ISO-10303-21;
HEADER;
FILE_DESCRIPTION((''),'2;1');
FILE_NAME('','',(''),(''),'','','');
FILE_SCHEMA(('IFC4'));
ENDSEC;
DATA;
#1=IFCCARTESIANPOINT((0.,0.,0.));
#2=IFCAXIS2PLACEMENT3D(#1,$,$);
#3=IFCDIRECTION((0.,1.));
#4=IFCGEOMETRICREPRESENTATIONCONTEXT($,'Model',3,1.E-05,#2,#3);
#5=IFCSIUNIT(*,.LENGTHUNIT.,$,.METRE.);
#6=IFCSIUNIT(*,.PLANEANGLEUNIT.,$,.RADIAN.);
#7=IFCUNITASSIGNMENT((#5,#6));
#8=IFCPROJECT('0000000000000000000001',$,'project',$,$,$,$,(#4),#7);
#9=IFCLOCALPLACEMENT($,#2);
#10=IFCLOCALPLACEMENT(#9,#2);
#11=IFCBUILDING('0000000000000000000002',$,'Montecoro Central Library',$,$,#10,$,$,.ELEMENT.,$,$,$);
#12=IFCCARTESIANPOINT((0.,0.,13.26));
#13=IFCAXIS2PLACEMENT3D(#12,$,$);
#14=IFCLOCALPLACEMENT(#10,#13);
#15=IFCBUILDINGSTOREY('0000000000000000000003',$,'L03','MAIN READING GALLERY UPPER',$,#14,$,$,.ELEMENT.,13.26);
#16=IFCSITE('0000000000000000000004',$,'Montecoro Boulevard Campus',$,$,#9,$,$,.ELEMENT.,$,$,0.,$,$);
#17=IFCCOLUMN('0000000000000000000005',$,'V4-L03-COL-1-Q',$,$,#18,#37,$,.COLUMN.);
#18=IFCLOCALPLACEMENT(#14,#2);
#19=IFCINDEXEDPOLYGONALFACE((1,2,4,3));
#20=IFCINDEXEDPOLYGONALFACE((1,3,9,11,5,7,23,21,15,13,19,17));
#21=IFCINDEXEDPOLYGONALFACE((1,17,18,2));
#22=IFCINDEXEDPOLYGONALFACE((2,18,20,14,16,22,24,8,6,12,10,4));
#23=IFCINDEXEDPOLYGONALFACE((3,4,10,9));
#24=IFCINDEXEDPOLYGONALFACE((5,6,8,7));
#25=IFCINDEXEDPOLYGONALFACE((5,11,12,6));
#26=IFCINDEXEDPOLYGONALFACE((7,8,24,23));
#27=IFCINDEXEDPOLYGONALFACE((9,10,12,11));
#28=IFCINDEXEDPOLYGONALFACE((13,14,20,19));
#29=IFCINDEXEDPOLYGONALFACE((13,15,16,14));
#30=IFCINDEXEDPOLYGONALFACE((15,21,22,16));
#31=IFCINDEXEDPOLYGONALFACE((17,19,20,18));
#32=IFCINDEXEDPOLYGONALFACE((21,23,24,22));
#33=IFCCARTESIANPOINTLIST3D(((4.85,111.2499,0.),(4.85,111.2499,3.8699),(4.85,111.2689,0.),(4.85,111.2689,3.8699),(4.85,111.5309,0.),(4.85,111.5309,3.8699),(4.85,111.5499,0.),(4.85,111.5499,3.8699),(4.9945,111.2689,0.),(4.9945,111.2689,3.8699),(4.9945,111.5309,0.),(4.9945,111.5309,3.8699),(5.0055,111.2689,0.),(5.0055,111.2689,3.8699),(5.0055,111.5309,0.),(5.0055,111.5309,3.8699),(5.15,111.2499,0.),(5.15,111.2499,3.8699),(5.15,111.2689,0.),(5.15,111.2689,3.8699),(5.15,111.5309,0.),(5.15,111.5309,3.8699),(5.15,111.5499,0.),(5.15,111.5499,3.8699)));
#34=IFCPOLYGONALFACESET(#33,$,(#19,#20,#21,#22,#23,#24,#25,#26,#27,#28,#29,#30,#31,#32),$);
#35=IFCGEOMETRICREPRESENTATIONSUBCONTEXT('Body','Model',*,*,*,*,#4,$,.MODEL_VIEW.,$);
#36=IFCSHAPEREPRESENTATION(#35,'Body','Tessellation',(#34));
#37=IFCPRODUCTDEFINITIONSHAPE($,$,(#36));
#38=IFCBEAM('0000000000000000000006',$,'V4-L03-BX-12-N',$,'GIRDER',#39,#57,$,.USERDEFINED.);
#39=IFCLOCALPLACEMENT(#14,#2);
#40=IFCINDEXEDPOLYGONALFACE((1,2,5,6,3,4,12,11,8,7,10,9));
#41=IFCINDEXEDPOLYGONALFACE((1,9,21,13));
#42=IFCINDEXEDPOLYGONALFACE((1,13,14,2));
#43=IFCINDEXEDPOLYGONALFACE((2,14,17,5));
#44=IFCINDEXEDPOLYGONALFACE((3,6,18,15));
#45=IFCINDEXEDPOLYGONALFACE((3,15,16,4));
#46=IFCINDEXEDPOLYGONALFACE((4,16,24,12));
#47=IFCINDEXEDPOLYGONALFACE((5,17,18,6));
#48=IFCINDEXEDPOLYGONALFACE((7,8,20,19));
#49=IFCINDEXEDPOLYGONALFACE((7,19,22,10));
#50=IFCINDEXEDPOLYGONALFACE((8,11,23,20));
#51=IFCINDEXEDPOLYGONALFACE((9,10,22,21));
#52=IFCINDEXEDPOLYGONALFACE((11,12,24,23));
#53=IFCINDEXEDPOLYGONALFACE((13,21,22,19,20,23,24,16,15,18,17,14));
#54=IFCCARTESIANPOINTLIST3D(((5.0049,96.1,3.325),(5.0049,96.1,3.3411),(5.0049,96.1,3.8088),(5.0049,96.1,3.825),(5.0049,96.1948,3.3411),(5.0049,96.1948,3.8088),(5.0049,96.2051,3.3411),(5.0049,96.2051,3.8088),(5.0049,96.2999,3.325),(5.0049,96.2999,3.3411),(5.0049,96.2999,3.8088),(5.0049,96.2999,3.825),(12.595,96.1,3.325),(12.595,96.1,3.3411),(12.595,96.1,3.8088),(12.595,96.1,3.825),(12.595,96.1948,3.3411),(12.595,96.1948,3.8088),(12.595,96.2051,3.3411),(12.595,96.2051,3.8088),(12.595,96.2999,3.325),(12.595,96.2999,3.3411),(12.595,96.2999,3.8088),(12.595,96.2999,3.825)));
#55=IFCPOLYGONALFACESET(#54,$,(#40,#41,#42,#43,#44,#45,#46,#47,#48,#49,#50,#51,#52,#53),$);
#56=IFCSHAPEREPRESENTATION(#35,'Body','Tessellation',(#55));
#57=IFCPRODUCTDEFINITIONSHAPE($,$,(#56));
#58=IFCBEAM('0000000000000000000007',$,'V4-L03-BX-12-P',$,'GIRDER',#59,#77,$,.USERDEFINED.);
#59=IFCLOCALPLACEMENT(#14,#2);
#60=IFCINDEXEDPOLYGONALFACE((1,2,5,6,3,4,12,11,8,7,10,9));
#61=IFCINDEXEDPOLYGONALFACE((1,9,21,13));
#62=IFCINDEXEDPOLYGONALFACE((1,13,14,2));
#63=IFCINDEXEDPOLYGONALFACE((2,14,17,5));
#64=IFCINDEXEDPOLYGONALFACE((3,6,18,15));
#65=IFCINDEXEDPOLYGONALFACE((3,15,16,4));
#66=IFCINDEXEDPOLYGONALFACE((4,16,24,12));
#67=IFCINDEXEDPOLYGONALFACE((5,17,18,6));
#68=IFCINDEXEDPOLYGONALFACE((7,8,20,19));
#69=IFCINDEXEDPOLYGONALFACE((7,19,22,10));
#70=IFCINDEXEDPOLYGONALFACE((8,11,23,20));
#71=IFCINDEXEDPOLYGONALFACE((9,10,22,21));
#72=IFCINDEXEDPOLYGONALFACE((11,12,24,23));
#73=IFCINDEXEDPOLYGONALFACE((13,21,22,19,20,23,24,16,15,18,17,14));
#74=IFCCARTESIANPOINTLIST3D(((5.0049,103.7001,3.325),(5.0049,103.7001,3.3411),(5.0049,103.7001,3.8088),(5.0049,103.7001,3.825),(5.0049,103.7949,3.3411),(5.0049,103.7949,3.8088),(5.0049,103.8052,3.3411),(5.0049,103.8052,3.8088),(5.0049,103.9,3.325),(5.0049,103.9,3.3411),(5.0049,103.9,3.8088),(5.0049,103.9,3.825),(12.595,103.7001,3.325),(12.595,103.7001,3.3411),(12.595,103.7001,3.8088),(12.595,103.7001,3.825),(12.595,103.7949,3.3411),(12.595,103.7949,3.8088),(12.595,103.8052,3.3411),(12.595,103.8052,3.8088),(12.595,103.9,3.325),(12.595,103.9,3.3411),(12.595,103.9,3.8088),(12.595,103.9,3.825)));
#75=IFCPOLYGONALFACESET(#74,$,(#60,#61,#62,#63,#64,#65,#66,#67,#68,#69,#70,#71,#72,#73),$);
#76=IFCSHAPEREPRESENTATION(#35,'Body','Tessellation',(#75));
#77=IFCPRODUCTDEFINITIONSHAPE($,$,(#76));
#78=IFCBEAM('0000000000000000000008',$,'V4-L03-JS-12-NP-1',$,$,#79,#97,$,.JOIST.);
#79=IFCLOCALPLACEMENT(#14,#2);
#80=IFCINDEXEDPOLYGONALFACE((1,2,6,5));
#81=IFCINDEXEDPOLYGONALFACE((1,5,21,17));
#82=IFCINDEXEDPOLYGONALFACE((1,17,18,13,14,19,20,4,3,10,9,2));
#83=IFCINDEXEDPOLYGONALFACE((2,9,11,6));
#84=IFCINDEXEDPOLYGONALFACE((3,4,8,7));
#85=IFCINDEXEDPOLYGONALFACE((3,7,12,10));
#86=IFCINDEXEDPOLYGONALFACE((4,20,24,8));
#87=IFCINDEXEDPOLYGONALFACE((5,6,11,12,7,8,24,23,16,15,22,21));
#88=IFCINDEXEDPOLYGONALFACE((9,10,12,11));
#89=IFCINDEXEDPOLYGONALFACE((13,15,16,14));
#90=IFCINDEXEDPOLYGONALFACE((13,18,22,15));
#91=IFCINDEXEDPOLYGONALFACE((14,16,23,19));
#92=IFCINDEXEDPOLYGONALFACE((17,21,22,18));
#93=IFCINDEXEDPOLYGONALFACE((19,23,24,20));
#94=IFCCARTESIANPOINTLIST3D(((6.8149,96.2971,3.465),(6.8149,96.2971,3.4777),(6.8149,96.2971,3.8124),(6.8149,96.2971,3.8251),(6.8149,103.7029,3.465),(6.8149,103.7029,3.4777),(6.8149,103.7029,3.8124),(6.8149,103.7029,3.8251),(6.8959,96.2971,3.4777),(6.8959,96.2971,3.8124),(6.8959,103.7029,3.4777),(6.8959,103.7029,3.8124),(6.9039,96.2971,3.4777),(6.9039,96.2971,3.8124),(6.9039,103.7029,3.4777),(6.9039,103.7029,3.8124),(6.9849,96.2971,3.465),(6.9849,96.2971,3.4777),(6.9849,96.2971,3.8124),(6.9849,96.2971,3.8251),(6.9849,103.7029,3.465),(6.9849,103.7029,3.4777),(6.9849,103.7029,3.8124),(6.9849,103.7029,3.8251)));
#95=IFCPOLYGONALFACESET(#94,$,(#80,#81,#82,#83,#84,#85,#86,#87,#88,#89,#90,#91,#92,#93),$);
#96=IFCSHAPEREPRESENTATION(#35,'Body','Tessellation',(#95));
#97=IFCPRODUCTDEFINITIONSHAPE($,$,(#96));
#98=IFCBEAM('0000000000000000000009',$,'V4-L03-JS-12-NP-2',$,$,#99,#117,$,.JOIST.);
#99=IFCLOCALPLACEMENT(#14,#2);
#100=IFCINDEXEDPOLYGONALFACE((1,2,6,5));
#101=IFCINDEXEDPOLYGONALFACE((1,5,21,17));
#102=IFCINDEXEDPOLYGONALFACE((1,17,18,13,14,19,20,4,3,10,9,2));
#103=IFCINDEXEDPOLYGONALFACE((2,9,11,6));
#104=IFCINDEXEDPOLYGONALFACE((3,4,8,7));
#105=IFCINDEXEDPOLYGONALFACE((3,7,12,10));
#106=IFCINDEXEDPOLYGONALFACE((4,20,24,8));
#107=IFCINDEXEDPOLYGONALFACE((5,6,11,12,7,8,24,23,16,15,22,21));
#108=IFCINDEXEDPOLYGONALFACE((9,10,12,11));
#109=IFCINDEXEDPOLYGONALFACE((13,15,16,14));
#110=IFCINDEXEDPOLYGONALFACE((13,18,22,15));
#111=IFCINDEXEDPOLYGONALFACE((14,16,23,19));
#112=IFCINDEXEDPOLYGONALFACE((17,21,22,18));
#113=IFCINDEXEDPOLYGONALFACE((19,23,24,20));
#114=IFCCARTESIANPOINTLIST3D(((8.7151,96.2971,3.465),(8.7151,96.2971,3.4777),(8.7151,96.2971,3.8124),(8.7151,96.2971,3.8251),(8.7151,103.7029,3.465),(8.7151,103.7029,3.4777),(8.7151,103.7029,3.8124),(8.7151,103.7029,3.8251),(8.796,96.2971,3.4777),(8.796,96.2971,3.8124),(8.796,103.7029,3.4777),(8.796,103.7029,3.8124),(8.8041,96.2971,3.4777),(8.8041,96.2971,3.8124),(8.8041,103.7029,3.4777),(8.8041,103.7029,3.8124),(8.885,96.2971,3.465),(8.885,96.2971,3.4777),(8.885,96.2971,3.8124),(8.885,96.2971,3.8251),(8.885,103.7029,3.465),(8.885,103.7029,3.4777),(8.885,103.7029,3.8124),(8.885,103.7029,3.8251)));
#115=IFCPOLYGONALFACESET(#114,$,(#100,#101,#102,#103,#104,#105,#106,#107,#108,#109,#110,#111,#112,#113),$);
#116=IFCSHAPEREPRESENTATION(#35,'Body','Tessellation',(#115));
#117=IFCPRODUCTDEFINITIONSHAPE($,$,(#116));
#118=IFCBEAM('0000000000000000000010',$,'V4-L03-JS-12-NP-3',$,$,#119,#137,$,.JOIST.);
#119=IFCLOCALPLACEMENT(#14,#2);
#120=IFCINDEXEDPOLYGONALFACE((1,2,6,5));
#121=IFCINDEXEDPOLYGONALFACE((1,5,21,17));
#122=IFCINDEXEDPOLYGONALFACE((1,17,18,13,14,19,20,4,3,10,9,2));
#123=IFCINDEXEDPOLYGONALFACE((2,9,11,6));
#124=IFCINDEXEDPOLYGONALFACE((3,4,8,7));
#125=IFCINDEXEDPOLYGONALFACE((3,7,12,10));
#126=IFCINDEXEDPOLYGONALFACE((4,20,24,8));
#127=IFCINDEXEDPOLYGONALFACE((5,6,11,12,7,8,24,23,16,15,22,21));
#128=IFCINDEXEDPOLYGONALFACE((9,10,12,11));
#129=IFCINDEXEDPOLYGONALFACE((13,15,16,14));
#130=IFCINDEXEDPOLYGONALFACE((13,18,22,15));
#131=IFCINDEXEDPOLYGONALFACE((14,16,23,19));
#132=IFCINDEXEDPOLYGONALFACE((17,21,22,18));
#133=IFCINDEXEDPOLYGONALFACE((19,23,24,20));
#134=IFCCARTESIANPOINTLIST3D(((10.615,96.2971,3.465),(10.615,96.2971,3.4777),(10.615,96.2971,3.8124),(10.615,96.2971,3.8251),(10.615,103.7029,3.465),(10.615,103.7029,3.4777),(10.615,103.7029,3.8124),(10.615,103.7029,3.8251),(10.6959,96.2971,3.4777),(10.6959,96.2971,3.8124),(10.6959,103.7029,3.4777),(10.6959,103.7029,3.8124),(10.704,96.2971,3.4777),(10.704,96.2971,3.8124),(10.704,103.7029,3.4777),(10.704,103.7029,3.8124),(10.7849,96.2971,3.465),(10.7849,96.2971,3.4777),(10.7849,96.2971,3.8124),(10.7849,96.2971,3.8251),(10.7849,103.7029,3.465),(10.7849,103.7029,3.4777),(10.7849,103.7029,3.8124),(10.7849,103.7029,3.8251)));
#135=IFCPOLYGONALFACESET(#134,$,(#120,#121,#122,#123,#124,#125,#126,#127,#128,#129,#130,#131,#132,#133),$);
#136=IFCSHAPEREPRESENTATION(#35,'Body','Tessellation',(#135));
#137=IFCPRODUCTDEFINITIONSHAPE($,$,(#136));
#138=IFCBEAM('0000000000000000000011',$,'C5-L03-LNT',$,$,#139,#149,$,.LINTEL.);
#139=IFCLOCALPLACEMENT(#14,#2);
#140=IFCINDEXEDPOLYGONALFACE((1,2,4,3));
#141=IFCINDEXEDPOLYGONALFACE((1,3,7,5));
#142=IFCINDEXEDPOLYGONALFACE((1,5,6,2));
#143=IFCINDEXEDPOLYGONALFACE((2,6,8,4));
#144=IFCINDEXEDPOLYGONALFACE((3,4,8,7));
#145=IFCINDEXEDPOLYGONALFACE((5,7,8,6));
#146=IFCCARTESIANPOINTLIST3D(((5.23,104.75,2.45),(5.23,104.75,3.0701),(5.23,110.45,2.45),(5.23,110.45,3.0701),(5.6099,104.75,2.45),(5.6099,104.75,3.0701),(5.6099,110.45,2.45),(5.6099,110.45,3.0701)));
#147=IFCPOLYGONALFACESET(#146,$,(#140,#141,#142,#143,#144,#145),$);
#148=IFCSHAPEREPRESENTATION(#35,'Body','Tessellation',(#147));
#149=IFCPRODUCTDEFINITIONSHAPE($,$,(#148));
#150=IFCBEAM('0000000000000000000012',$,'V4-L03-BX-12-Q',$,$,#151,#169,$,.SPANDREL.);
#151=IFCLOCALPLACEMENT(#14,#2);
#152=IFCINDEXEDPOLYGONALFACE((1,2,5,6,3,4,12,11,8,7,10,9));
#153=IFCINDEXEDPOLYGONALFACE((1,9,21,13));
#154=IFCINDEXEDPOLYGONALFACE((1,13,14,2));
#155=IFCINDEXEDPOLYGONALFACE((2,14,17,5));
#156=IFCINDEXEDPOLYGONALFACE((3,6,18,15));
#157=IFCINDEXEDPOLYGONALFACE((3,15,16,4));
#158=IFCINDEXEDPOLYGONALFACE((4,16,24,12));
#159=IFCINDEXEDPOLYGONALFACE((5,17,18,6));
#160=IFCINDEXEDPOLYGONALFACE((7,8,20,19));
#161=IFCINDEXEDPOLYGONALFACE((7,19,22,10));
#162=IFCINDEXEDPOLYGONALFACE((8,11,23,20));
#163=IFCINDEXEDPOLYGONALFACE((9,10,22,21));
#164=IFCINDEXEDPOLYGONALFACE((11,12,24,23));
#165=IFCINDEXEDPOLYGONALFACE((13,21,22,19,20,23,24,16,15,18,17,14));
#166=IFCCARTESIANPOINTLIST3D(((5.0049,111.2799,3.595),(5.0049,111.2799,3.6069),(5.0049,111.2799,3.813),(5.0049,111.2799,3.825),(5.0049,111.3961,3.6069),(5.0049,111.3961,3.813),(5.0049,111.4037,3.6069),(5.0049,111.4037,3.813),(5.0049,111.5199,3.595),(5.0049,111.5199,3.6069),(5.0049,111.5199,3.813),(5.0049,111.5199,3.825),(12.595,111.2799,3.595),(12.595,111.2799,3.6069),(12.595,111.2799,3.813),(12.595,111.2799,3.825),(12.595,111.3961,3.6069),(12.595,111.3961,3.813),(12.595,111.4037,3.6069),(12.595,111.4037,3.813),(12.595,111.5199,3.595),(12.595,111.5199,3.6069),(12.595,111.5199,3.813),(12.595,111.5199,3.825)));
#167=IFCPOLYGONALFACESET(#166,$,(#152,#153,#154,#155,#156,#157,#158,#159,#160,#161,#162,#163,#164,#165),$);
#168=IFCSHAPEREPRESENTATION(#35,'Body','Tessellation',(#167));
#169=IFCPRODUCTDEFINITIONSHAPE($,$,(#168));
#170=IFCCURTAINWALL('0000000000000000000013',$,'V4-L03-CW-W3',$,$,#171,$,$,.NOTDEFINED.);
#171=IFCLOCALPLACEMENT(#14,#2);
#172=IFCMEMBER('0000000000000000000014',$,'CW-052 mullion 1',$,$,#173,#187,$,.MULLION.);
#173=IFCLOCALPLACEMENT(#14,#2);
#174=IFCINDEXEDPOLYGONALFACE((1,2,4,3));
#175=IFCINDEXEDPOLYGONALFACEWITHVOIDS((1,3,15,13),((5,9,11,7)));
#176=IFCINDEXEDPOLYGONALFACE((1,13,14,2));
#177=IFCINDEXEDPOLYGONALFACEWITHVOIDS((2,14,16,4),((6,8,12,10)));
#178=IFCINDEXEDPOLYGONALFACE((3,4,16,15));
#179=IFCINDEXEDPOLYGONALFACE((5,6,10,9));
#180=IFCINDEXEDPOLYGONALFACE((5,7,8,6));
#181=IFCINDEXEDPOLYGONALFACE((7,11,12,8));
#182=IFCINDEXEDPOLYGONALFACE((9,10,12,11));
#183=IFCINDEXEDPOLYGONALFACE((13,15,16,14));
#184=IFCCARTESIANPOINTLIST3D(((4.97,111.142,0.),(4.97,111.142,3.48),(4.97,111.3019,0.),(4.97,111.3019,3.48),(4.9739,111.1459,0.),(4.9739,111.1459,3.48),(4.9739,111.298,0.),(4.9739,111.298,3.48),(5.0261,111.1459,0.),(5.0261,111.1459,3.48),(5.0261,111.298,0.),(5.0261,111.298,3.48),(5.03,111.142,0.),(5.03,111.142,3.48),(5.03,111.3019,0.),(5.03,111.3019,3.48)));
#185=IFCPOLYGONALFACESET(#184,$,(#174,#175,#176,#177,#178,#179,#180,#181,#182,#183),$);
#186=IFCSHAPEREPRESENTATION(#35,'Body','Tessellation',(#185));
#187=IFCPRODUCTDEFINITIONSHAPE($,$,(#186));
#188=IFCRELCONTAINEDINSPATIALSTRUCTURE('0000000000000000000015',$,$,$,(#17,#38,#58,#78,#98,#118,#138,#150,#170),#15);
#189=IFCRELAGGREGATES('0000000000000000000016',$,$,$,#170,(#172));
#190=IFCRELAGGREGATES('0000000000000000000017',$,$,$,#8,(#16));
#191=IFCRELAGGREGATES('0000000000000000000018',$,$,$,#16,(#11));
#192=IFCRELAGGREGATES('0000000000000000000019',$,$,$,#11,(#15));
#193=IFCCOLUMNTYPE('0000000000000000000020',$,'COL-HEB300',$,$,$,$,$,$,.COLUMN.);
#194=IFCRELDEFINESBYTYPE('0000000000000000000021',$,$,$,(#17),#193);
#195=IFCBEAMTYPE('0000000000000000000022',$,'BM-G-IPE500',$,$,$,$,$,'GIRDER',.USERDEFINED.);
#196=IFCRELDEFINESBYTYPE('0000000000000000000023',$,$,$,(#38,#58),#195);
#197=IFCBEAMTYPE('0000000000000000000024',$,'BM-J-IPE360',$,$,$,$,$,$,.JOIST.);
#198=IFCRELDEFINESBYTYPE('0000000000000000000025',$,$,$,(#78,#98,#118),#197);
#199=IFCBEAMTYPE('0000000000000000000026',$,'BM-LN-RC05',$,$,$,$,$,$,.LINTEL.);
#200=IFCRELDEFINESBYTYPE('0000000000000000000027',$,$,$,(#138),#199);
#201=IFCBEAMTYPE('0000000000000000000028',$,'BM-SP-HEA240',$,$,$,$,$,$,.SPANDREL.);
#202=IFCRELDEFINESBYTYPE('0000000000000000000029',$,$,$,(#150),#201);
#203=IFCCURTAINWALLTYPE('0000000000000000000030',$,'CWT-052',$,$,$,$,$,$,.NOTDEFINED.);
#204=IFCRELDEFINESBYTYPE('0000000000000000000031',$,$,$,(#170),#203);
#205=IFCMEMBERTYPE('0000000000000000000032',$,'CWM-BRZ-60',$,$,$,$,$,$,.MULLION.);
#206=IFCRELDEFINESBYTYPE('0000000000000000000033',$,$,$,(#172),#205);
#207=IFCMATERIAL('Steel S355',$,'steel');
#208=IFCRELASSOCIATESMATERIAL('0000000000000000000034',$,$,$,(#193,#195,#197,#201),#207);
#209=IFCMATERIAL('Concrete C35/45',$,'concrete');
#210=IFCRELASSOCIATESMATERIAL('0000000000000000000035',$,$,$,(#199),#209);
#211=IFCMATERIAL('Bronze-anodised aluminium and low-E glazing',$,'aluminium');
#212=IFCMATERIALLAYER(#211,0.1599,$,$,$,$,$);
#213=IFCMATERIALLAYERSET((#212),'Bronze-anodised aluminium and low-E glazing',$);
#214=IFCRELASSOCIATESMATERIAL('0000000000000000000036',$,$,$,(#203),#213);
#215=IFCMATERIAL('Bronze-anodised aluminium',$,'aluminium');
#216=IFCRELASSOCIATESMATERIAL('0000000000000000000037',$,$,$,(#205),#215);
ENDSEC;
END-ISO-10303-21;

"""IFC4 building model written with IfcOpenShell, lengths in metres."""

from ifc_helpers import new_model, si_unit, direction, frame, origin, origin_2d, place, context, subcontext, project, spatial, rectangle, hollow_rectangle, i_section, extrude, material, layer, layer_set, material_profile, profile_set, type_object, element, aggregate, save


model = new_model("IFC4")

# Units and contexts
model_context = context("Model", 3, precision=1e-05, world=origin(), true_north=direction((0.0, 1.0)))
body_context = subcontext(model_context, "Body", "Model", "MODEL_VIEW")
ifc_project = project(units=[si_unit("LENGTHUNIT", "METRE"), si_unit("PLANEANGLEUNIT", "RADIAN")], contexts=[model_context])

# Site, building, storey
site_placement = place(None, origin())
site = spatial("IfcSite", under=ifc_project, at=site_placement, Name="Montecoro Boulevard Campus", CompositionType="ELEMENT", RefElevation=0.0)
building_placement = place(site_placement, origin())
building = spatial("IfcBuilding", under=site, at=building_placement, Name="Montecoro Central Library", CompositionType="ELEMENT")
storey_placement = place(building_placement, frame((0.0, 0.0, 13.26)))
storey = spatial("IfcBuildingStorey", under=building, at=storey_placement, Name="L03", Description="MAIN READING GALLERY UPPER", CompositionType="ELEMENT", Elevation=13.26)

# Column
ifc_material_1 = material(Name="Steel S355", Category="steel")
ifc_material_profile_1 = material_profile(ifc_material_1, i_section(OverallWidth=0.3, OverallDepth=0.3, WebThickness=0.011, FlangeThickness=0.019, at=origin_2d()), Name="HEB 300")
ifc_profile_set_1 = profile_set([ifc_material_profile_1], Name="Steel S355")
column_type = type_object("IfcColumnType", Name="COL-HEB300", PredefinedType="COLUMN", material=ifc_profile_set_1)
column_placement = place(storey_placement, frame((5.0, 111.3999, 0.0), z_axis=(0.0, 0.0, 1.0), x_axis=(1.0, 0.0, 0.0)))
element("IfcColumn", 1, at=column_placement, inside=storey, type_object=column_type, Name="V4-L03-COL-1-Q", PredefinedType="COLUMN", context=body_context, shape_type="SweptSolid", body=[
    extrude(i_section(OverallWidth=0.3, OverallDepth=0.3, WebThickness=0.011, FlangeThickness=0.019, at=origin_2d()), origin(), (0.0, 0.0, 1.0), 3.8699),
])

# Beams
ifc_material_profile_2 = material_profile(ifc_material_1, i_section(OverallWidth=0.2, OverallDepth=0.5, WebThickness=0.0103, FlangeThickness=0.0161, at=origin_2d()), Name="IPE 500")
ifc_profile_set_2 = profile_set([ifc_material_profile_2], Name="Steel S355")
beam_type_1 = type_object("IfcBeamType", Name="BM-G-IPE500", ElementType="GIRDER", PredefinedType="USERDEFINED", material=ifc_profile_set_2)
for number, where, z_axis, x_axis, name in (
    (2, (5.0049, 96.2, 3.575), (1.0, 0.0, 0.0), (0.0, 1.0, 0.0), "V4-L03-BX-12-N"),
    (3, (5.0049, 103.8, 3.575), (1.0, 0.0, 0.0), (0.0, 1.0, 0.0), "V4-L03-BX-12-P"),
):
    element("IfcBeam", number, at=place(storey_placement, frame(where, z_axis=z_axis, x_axis=x_axis)), inside=storey, type_object=beam_type_1, Name=name, ObjectType="GIRDER", PredefinedType="USERDEFINED", context=body_context, shape_type="SweptSolid", body=[
        extrude(i_section(OverallWidth=0.2, OverallDepth=0.5, WebThickness=0.0103, FlangeThickness=0.0161, at=origin_2d()), origin(), (0.0, 0.0, 1.0), 7.5901),
    ])
ifc_material_profile_3 = material_profile(ifc_material_1, i_section(OverallWidth=0.1699, OverallDepth=0.3601, WebThickness=0.0081, FlangeThickness=0.0127, at=origin_2d()), Name="IPE 360")
ifc_profile_set_3 = profile_set([ifc_material_profile_3], Name="Steel S355")
beam_type_2 = type_object("IfcBeamType", Name="BM-J-IPE360", PredefinedType="JOIST", material=ifc_profile_set_3)
for number, where, z_axis, x_axis, name in (
    (4, (6.8999, 96.2971, 3.645), (0.0, 1.0, 0.0), (-1.0, 0.0, 0.0), "V4-L03-JS-12-NP-1"),
    (5, (8.8, 96.2971, 3.645), (0.0, 1.0, 0.0), (-1.0, 0.0, 0.0), "V4-L03-JS-12-NP-2"),
    (6, (10.7, 96.2971, 3.645), (0.0, 1.0, 0.0), (-1.0, 0.0, 0.0), "V4-L03-JS-12-NP-3"),
):
    element("IfcBeam", number, at=place(storey_placement, frame(where, z_axis=z_axis, x_axis=x_axis)), inside=storey, type_object=beam_type_2, Name=name, PredefinedType="JOIST", context=body_context, shape_type="SweptSolid", body=[
        extrude(i_section(OverallWidth=0.1699, OverallDepth=0.3601, WebThickness=0.0081, FlangeThickness=0.0127, at=origin_2d()), origin(), (0.0, 0.0, 1.0), 7.4058),
    ])
ifc_material_2 = material(Name="Concrete C35/45", Category="concrete")
ifc_material_profile_4 = material_profile(ifc_material_2, rectangle(XDim=0.3799, YDim=0.6201, at=origin_2d()), Name="RC LNT 620x380")
ifc_profile_set_4 = profile_set([ifc_material_profile_4], Name="Concrete C35/45")
beam_type_3 = type_object("IfcBeamType", Name="BM-LN-RC05", PredefinedType="LINTEL", material=ifc_profile_set_4)
beam_1_placement = place(storey_placement, frame((5.4199, 104.75, 2.76), z_axis=(0.0, 1.0, 0.0), x_axis=(-1.0, 0.0, 0.0)))
element("IfcBeam", 7, at=beam_1_placement, inside=storey, type_object=beam_type_3, Name="C5-L03-LNT", PredefinedType="LINTEL", context=body_context, shape_type="SweptSolid", body=[
    extrude(rectangle(XDim=0.3799, YDim=0.6201, at=origin_2d()), origin(), (0.0, 0.0, 1.0), 5.7),
])
ifc_material_profile_5 = material_profile(ifc_material_1, i_section(OverallWidth=0.24, OverallDepth=0.23, WebThickness=0.0076, FlangeThickness=0.012, at=origin_2d()), Name="HEA 240")
ifc_profile_set_5 = profile_set([ifc_material_profile_5], Name="Steel S355")
beam_type_4 = type_object("IfcBeamType", Name="BM-SP-HEA240", PredefinedType="SPANDREL", material=ifc_profile_set_5)
beam_2_placement = place(storey_placement, frame((5.0049, 111.3999, 3.71), z_axis=(1.0, 0.0, 0.0), x_axis=(0.0, 1.0, 0.0)))
element("IfcBeam", 8, at=beam_2_placement, inside=storey, type_object=beam_type_4, Name="V4-L03-BX-12-Q", PredefinedType="SPANDREL", context=body_context, shape_type="SweptSolid", body=[
    extrude(i_section(OverallWidth=0.24, OverallDepth=0.23, WebThickness=0.0076, FlangeThickness=0.012, at=origin_2d()), origin(), (0.0, 0.0, 1.0), 7.5901),
])

# Curtain wall, member
ifc_material_3 = material(Name="Bronze-anodised aluminium and low-E glazing", Category="aluminium")
ifc_layer_1 = layer(ifc_material_3, 0.1599)
ifc_layer_set_1 = layer_set([ifc_layer_1], Name="Bronze-anodised aluminium and low-E glazing")
curtain_wall_type = type_object("IfcCurtainWallType", Name="CWT-052", PredefinedType="NOTDEFINED", material=ifc_layer_set_1)
curtain_wall_placement = place(storey_placement, origin())
curtain_wall = element("IfcCurtainWall", 9, at=curtain_wall_placement, inside=storey, type_object=curtain_wall_type, Name="V4-L03-CW-W3", PredefinedType="NOTDEFINED")
ifc_material_4 = material(Name="Bronze-anodised aluminium", Category="aluminium")
ifc_material_profile_6 = material_profile(ifc_material_4, hollow_rectangle(XDim=0.0601, YDim=0.1599, WallThickness=0.0039, at=origin_2d()), Name="CWM 160x60x4.0")
ifc_profile_set_6 = profile_set([ifc_material_profile_6], Name="Bronze-anodised aluminium")
member_type_1 = type_object("IfcMemberType", Name="CWM-BRZ-60", PredefinedType="MULLION", material=ifc_profile_set_6)
member_1_placement = place(storey_placement, frame((5.0, 111.2219, 0.0), z_axis=(0.0, 0.0, 1.0), x_axis=(1.0, 0.0, 0.0)))
member_1 = element("IfcMember", 10, at=member_1_placement, type_object=member_type_1, Name="CW-052 mullion 1", PredefinedType="MULLION", context=body_context, shape_type="SweptSolid", body=[
    extrude(hollow_rectangle(XDim=0.0601, YDim=0.1599, WallThickness=0.0039, at=origin_2d()), origin(), (0.0, 0.0, 1.0), 3.48),
])
aggregate(curtain_wall, [member_1])

save(model, "model.ifc")
